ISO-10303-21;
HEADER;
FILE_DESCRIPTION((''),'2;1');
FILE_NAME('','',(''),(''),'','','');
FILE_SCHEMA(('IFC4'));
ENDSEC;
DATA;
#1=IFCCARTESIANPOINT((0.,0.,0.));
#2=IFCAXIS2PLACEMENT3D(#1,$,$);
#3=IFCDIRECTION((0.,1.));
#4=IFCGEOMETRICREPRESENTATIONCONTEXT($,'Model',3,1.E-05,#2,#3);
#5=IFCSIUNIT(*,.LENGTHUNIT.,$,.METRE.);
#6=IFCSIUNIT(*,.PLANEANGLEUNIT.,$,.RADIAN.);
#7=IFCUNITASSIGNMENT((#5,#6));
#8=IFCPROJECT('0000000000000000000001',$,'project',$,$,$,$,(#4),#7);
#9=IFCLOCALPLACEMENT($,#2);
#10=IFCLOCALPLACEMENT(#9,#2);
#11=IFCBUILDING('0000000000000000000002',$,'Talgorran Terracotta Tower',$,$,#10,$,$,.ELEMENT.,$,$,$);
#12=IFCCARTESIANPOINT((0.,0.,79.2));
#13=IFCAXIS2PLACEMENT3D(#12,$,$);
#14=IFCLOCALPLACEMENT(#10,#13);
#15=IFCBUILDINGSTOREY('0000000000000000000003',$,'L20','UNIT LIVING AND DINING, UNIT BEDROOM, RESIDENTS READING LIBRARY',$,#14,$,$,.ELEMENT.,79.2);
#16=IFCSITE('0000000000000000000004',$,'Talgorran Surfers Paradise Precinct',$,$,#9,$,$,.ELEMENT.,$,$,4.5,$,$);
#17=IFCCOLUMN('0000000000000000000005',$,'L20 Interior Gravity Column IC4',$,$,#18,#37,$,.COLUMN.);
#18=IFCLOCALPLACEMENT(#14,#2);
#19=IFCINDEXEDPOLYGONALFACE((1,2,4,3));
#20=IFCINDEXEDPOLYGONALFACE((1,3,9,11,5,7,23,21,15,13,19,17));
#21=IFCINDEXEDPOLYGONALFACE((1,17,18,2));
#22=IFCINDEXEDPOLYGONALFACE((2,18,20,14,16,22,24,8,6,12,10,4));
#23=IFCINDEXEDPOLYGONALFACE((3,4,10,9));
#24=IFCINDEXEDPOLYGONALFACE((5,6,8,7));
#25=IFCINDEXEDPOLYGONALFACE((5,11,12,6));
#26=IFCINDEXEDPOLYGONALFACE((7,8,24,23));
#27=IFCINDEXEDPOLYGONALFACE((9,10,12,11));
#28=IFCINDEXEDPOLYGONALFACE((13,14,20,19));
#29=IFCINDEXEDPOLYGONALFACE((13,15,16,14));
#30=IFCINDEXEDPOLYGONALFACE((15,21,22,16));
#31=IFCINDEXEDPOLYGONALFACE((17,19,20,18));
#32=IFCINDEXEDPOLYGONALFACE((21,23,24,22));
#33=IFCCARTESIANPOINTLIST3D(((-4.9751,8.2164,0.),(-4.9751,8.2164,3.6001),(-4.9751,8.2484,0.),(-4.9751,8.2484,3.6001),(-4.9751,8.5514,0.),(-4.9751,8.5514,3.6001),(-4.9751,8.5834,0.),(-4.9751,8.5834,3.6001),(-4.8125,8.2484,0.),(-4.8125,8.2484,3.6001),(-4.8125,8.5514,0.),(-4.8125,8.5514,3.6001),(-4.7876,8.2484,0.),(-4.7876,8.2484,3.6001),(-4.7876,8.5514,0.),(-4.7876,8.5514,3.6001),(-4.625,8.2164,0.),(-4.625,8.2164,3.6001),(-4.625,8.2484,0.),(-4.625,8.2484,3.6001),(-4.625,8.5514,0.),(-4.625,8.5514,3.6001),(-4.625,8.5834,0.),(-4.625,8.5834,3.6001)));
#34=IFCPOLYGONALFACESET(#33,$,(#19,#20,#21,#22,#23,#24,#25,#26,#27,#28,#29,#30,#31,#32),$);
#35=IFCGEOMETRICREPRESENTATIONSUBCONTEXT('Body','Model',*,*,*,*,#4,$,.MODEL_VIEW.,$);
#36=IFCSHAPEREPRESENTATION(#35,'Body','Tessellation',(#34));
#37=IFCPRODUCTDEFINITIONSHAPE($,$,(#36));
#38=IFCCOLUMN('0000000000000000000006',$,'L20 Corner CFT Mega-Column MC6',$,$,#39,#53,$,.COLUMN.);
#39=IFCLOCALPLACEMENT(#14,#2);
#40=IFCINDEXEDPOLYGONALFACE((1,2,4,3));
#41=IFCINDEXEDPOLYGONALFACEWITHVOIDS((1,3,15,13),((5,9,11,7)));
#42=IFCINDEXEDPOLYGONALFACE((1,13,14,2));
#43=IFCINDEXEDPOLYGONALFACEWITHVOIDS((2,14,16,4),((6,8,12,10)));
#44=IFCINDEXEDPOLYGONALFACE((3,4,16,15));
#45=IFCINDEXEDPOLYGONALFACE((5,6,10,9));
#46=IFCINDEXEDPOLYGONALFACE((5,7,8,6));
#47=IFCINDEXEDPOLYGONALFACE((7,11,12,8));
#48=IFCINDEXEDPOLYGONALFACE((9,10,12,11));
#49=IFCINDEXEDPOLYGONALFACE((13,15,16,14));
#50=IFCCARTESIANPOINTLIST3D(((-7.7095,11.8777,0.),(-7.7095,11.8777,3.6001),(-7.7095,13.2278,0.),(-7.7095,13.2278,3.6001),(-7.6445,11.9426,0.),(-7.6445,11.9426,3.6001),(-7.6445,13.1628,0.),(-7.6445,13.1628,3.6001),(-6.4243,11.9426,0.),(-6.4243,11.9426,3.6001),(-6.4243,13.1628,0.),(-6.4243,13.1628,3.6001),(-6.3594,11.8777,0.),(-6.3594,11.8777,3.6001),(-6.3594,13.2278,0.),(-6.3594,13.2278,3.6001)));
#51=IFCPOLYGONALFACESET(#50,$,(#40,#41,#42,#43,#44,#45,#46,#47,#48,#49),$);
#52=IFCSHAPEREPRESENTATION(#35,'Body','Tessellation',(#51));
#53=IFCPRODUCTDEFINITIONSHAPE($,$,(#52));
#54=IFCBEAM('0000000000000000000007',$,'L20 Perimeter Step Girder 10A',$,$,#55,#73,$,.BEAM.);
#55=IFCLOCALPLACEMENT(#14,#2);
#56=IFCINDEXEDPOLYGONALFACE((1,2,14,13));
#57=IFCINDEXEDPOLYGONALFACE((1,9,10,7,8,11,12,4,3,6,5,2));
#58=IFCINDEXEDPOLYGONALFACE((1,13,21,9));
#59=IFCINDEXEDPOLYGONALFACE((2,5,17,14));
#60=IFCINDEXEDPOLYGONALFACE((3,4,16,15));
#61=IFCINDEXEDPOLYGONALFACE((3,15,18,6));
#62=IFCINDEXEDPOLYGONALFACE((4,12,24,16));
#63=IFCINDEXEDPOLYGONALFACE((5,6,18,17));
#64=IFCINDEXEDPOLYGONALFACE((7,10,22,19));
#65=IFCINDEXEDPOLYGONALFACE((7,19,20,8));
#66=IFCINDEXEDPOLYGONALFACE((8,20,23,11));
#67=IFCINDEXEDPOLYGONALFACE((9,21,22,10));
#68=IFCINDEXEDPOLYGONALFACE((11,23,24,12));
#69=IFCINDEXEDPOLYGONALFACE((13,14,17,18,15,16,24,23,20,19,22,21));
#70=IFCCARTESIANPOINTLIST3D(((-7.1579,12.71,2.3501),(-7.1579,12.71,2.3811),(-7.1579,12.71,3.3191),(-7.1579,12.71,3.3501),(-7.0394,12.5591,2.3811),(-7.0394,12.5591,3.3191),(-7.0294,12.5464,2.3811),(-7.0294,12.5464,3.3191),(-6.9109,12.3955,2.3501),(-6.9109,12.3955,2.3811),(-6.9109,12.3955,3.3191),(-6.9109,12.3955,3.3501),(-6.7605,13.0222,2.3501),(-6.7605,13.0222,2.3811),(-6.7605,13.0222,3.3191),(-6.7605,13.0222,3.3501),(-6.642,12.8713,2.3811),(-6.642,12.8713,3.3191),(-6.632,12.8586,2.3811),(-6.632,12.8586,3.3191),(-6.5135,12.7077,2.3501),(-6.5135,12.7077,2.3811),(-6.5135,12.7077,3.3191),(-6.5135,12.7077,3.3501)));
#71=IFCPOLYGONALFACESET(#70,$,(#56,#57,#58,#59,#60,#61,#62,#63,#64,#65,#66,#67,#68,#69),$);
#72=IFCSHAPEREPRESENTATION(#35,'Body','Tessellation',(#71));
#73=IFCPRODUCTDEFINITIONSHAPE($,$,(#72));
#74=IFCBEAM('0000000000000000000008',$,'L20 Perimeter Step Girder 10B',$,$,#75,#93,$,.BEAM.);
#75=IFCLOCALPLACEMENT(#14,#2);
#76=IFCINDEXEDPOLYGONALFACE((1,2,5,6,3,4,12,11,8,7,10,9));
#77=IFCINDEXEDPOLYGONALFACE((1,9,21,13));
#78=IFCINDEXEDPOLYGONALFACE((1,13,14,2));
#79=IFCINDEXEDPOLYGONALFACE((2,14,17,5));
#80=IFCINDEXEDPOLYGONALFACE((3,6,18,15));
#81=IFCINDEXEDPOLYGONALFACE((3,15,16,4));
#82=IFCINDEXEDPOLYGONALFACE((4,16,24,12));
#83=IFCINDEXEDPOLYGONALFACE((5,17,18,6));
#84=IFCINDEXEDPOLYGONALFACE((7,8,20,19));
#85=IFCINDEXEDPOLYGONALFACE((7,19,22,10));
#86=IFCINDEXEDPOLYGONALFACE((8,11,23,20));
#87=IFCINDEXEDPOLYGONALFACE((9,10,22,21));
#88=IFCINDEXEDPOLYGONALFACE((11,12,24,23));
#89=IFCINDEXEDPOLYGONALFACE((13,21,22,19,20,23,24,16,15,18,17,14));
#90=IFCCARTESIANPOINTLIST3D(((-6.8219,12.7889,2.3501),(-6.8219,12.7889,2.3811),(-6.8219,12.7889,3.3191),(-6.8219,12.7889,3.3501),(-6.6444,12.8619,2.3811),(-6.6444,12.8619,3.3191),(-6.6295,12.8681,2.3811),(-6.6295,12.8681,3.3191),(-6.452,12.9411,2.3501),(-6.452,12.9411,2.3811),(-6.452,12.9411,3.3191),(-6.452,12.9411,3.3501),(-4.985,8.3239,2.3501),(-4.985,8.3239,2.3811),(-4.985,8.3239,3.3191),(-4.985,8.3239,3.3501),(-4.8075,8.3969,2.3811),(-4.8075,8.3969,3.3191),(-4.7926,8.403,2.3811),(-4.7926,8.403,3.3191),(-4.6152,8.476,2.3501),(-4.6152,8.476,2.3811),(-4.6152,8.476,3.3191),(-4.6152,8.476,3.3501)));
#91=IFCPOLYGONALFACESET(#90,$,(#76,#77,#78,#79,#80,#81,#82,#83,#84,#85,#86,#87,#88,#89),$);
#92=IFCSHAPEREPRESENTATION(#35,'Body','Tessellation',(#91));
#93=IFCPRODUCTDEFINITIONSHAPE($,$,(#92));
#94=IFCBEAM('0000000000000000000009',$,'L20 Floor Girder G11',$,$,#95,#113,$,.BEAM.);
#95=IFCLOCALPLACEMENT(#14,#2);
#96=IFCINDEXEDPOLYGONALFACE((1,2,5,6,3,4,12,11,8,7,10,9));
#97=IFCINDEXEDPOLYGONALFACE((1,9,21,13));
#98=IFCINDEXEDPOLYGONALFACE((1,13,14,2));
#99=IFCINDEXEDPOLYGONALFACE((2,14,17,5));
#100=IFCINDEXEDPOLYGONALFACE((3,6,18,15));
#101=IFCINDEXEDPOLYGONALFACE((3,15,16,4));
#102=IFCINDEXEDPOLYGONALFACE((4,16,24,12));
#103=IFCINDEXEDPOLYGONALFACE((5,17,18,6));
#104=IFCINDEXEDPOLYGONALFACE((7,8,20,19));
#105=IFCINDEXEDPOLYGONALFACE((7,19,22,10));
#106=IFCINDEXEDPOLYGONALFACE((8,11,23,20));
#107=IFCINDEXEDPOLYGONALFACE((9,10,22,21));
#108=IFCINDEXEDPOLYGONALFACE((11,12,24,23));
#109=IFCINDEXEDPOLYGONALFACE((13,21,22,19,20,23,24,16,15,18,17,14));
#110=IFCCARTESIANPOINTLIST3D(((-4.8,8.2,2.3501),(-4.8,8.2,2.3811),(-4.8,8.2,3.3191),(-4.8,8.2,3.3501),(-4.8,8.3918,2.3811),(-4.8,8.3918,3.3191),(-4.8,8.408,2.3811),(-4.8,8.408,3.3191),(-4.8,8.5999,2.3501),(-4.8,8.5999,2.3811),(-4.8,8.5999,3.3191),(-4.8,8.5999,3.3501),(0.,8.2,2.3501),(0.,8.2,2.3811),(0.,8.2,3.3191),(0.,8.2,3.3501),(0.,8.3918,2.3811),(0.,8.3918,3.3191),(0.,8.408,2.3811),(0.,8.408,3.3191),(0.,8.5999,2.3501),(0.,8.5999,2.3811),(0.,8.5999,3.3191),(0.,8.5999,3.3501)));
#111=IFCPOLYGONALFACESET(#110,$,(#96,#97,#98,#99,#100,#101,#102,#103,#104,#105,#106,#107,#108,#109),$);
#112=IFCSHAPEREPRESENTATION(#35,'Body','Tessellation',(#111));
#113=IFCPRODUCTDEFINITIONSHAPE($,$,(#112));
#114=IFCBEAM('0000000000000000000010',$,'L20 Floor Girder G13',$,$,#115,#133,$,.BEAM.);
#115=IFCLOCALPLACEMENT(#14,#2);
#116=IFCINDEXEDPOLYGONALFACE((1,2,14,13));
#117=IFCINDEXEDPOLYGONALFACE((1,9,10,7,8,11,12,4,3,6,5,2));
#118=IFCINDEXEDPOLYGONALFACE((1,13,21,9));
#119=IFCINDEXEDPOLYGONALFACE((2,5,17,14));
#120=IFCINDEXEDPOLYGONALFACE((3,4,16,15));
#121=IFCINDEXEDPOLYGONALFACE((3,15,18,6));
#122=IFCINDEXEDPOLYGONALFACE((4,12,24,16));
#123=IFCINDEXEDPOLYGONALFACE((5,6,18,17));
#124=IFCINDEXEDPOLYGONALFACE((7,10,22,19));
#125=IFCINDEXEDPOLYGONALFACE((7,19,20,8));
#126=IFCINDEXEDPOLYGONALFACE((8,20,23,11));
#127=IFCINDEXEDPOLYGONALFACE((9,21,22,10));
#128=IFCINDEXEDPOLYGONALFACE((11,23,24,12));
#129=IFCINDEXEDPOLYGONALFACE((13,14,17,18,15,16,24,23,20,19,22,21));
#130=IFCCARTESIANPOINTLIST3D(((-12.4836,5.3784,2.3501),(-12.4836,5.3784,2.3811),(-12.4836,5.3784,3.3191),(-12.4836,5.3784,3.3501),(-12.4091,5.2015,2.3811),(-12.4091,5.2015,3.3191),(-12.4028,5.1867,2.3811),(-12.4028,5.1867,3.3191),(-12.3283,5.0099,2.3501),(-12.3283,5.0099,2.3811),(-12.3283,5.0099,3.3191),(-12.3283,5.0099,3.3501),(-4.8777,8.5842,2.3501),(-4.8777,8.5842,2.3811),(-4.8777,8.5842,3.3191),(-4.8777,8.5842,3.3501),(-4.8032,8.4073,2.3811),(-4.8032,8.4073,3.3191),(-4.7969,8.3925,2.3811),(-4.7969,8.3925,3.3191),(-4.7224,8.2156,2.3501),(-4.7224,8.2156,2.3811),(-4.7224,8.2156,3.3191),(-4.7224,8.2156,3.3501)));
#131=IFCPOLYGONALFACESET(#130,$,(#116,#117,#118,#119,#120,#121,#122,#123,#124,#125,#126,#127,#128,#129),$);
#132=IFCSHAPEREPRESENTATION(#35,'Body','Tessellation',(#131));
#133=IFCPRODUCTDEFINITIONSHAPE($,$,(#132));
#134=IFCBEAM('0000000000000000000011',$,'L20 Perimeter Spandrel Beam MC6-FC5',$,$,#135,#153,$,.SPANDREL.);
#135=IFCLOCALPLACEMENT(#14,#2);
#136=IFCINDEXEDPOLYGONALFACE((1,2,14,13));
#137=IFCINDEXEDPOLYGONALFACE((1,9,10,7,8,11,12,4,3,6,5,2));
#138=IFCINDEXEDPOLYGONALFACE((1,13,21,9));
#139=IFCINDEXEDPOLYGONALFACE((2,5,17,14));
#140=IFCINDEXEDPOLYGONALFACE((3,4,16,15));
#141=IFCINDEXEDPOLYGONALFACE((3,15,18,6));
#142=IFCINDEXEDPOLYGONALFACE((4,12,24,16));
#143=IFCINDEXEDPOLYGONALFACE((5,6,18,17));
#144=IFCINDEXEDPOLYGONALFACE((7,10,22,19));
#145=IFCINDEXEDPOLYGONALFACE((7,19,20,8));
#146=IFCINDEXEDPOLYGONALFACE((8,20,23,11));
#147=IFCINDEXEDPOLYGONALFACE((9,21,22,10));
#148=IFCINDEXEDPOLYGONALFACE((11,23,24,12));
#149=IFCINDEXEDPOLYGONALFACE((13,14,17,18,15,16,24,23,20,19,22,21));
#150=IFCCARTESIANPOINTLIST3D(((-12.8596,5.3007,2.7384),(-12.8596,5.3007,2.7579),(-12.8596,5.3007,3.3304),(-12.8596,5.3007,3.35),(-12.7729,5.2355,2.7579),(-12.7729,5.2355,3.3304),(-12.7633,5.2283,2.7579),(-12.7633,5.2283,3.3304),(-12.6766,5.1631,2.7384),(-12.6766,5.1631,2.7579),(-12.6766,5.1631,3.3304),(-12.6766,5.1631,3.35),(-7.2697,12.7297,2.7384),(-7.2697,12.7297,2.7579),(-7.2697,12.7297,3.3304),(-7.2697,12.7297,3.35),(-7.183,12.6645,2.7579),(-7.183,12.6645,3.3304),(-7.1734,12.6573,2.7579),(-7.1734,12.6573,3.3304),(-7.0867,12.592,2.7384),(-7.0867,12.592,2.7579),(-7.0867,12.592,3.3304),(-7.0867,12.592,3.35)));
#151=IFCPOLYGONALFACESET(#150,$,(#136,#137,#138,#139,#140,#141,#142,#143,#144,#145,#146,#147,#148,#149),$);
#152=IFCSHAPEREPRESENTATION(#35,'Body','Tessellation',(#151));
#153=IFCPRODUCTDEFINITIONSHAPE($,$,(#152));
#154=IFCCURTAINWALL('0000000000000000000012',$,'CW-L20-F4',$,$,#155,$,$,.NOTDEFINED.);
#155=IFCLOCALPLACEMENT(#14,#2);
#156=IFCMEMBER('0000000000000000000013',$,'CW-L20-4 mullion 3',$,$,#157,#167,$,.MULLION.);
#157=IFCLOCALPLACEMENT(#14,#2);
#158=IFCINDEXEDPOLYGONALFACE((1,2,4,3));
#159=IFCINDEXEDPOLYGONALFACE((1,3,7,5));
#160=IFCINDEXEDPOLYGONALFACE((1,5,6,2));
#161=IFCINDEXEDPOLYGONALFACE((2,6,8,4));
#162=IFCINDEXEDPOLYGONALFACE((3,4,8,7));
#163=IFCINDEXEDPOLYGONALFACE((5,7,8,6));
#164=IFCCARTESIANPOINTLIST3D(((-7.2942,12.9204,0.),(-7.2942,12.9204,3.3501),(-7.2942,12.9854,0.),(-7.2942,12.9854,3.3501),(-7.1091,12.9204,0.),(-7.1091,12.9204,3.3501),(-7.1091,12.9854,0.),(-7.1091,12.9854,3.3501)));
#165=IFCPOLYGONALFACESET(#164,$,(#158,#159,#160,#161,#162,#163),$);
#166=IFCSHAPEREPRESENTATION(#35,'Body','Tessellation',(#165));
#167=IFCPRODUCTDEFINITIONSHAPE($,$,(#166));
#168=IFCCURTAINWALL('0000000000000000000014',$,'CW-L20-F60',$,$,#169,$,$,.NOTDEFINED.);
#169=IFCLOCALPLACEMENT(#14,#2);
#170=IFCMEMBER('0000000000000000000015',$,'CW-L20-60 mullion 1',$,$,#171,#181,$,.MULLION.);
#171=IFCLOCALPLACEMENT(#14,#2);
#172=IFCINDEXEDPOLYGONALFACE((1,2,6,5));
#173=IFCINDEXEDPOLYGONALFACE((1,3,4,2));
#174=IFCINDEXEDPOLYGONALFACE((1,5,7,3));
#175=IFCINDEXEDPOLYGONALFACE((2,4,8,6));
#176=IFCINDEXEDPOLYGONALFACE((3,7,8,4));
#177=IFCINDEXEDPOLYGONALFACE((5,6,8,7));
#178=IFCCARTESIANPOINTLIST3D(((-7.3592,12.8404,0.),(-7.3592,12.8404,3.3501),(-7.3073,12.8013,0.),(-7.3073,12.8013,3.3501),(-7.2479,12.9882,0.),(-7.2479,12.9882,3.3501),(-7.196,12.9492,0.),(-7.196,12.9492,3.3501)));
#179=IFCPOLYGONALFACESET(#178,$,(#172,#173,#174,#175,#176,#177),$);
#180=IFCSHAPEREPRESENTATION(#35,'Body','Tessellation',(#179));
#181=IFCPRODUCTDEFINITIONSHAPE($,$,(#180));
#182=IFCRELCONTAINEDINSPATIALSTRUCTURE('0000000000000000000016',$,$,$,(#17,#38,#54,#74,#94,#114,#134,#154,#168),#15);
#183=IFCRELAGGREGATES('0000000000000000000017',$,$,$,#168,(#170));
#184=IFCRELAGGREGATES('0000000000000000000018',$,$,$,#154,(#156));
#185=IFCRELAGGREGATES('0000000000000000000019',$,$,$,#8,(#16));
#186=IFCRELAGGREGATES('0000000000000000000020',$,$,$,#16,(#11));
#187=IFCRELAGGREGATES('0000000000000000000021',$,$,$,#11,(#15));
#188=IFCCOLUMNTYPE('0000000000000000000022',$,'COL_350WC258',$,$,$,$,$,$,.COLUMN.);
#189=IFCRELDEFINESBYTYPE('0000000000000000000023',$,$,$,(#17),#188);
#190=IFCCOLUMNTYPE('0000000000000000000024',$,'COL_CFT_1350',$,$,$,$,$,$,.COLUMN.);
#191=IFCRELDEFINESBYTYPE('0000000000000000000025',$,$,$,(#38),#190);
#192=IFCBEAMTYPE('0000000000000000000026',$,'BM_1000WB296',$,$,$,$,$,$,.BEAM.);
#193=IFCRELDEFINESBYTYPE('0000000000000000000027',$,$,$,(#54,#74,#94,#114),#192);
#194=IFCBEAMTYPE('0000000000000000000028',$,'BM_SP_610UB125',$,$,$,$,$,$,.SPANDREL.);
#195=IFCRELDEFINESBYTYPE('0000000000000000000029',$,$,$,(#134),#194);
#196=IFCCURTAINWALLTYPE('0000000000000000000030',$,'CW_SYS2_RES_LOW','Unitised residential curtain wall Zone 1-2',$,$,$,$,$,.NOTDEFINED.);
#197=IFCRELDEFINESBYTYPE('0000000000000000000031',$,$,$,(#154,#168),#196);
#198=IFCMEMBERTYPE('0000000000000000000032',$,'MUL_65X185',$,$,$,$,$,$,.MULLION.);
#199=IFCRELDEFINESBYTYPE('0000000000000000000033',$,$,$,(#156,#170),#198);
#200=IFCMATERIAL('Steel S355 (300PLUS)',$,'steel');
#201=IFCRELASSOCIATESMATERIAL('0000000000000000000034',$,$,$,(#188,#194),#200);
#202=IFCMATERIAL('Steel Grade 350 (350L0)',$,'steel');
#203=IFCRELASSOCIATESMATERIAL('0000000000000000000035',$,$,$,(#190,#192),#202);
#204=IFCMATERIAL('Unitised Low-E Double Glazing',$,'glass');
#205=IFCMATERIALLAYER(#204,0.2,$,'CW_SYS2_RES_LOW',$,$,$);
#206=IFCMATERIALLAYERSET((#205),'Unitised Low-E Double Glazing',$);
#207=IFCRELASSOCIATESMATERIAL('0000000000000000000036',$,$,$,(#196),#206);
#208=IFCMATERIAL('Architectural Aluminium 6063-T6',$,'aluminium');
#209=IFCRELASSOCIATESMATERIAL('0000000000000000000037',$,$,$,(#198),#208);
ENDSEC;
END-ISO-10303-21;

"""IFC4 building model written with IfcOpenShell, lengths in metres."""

from ifc_helpers import new_model, si_unit, direction, frame, origin, origin_2d, place, context, subcontext, project, spatial, rectangle, hollow_rectangle, i_section, extrude, material, layer, layer_set, material_profile, profile_set, type_object, element, aggregate, save


model = new_model("IFC4")

# Units and contexts
model_context = context("Model", 3, precision=1e-05, world=origin(), true_north=direction((0.0, 1.0)))
body_context = subcontext(model_context, "Body", "Model", "MODEL_VIEW")
ifc_project = project(units=[si_unit("LENGTHUNIT", "METRE"), si_unit("PLANEANGLEUNIT", "RADIAN")], contexts=[model_context])

# Site, building, storey
site_placement = place(None, origin())
site = spatial("IfcSite", under=ifc_project, at=site_placement, Name="Talgorran Surfers Paradise Precinct", CompositionType="ELEMENT", RefElevation=4.5)
building_placement = place(site_placement, origin())
building = spatial("IfcBuilding", under=site, at=building_placement, Name="Talgorran Terracotta Tower", CompositionType="ELEMENT")
storey_placement = place(building_placement, frame((0.0, 0.0, 79.2)))
storey = spatial("IfcBuildingStorey", under=building, at=storey_placement, Name="L20", Description="UNIT LIVING AND DINING, UNIT BEDROOM, RESIDENTS READING LIBRARY", CompositionType="ELEMENT", Elevation=79.2)

# Columns
ifc_material_1 = material(Name="Steel S355 (300PLUS)", Category="steel")
ifc_material_profile_1 = material_profile(ifc_material_1, i_section(OverallWidth=0.3501, OverallDepth=0.3669, WebThickness=0.0249, FlangeThickness=0.032, at=origin_2d()), Name="350WC258")
ifc_profile_set_1 = profile_set([ifc_material_profile_1], Name="Steel S355 (300PLUS)")
column_type_1 = type_object("IfcColumnType", Name="COL_350WC258", PredefinedType="COLUMN", material=ifc_profile_set_1)
column_1_placement = place(storey_placement, frame((-4.8, 8.3999, 0.0), z_axis=(0.0, 0.0, 1.0), x_axis=(1.0, 0.0, 0.0)))
element("IfcColumn", 1, at=column_1_placement, inside=storey, type_object=column_type_1, Name="L20 Interior Gravity Column IC4", PredefinedType="COLUMN", context=body_context, shape_type="SweptSolid", body=[
    extrude(i_section(OverallWidth=0.3501, OverallDepth=0.3669, WebThickness=0.0249, FlangeThickness=0.032, at=origin_2d()), origin(), (0.0, 0.0, 1.0), 3.6001),
])
ifc_material_2 = material(Name="Steel Grade 350 (350L0)", Category="steel")
ifc_material_profile_2 = material_profile(ifc_material_2, hollow_rectangle(XDim=1.3501, YDim=1.3501, WallThickness=0.0649, at=origin_2d()), Name="CFT1350X1350X65")
ifc_profile_set_2 = profile_set([ifc_material_profile_2], Name="Steel Grade 350 (350L0)")
column_type_2 = type_object("IfcColumnType", Name="COL_CFT_1350", PredefinedType="COLUMN", material=ifc_profile_set_2)
column_2_placement = place(storey_placement, frame((-7.0344, 12.5527, 0.0), z_axis=(0.0, 0.0, 1.0), x_axis=(1.0, 0.0, 0.0)))
element("IfcColumn", 2, at=column_2_placement, inside=storey, type_object=column_type_2, Name="L20 Corner CFT Mega-Column MC6", PredefinedType="COLUMN", context=body_context, shape_type="SweptSolid", body=[
    extrude(hollow_rectangle(XDim=1.3501, YDim=1.3501, WallThickness=0.0649, at=origin_2d()), origin(), (0.0, 0.0, 1.0), 3.6001),
])

# Beams
ifc_material_profile_3 = material_profile(ifc_material_2, i_section(OverallWidth=0.3999, OverallDepth=1.0, WebThickness=0.0161, FlangeThickness=0.031, at=origin_2d()), Name="1000WB296")
ifc_profile_set_3 = profile_set([ifc_material_profile_3], Name="Steel Grade 350 (350L0)")
beam_type_1 = type_object("IfcBeamType", Name="BM_1000WB296", PredefinedType="BEAM", material=ifc_profile_set_3)
beam_1_placement = place(storey_placement, frame((-7.0344, 12.5527, 2.8501), z_axis=(0.786352, 0.617779, 0.0), x_axis=(-0.617779, 0.786352, 0.0)))
element("IfcBeam", 3, at=beam_1_placement, inside=storey, type_object=beam_type_1, Name="L20 Perimeter Step Girder 10A", PredefinedType="BEAM", context=body_context, shape_type="SweptSolid", body=[
    extrude(i_section(OverallWidth=0.3999, OverallDepth=1.0, WebThickness=0.0161, FlangeThickness=0.031, at=origin_2d()), origin(), (0.0, 0.0, 1.0), 0.5054),
])
beam_2_placement = place(storey_placement, frame((-6.637, 12.865, 2.8501), z_axis=(0.380457, -0.924798, 0.0), x_axis=(0.924798, 0.380457, 0.0)))
element("IfcBeam", 4, at=beam_2_placement, inside=storey, type_object=beam_type_1, Name="L20 Perimeter Step Girder 10B", PredefinedType="BEAM", context=body_context, shape_type="SweptSolid", body=[
    extrude(i_section(OverallWidth=0.3999, OverallDepth=1.0, WebThickness=0.0161, FlangeThickness=0.031, at=origin_2d()), origin(), (0.0, 0.0, 1.0), 4.8281),
])
beam_3_placement = place(storey_placement, frame((-4.8, 8.3999, 2.8501), z_axis=(1.0, 0.0, 0.0), x_axis=(0.0, 1.0, 0.0)))
element("IfcBeam", 5, at=beam_3_placement, inside=storey, type_object=beam_type_1, Name="L20 Floor Girder G11", PredefinedType="BEAM", context=body_context, shape_type="SweptSolid", body=[
    extrude(i_section(OverallWidth=0.3999, OverallDepth=1.0, WebThickness=0.0161, FlangeThickness=0.031, at=origin_2d()), origin(), (0.0, 0.0, 1.0), 4.8),
])
beam_4_placement = place(storey_placement, frame((-4.8, 8.3999, 2.8501), z_axis=(-0.921492, -0.388397, 0.0), x_axis=(0.388397, -0.921492, 0.0)))
element("IfcBeam", 6, at=beam_4_placement, inside=storey, type_object=beam_type_1, Name="L20 Floor Girder G13", PredefinedType="BEAM", context=body_context, shape_type="SweptSolid", body=[
    extrude(i_section(OverallWidth=0.3999, OverallDepth=1.0, WebThickness=0.0161, FlangeThickness=0.031, at=origin_2d()), origin(), (0.0, 0.0, 1.0), 8.2539),
])
ifc_material_profile_4 = material_profile(ifc_material_1, i_section(OverallWidth=0.229, OverallDepth=0.6116, WebThickness=0.012, FlangeThickness=0.0195, at=origin_2d()), Name="610UB125")
ifc_profile_set_4 = profile_set([ifc_material_profile_4], Name="Steel S355 (300PLUS)")
beam_type_2 = type_object("IfcBeamType", Name="BM_SP_610UB125", PredefinedType="SPANDREL", material=ifc_profile_set_4)
beam_5_placement = place(storey_placement, frame((-7.1782, 12.6609, 3.0442), z_axis=(-0.601247, -0.799063, 0.0), x_axis=(0.799063, -0.601247, 0.0)))
element("IfcBeam", 7, at=beam_5_placement, inside=storey, type_object=beam_type_2, Name="L20 Perimeter Spandrel Beam MC6-FC5", PredefinedType="SPANDREL", context=body_context, shape_type="SweptSolid", body=[
    extrude(i_section(OverallWidth=0.229, OverallDepth=0.6116, WebThickness=0.012, FlangeThickness=0.0195, at=origin_2d()), origin(), (0.0, 0.0, 1.0), 9.2971),
])

# Curtain walls, members
ifc_material_3 = material(Name="Unitised Low-E Double Glazing", Category="glass")
ifc_layer_1 = layer(ifc_material_3, 0.2, Name="CW_SYS2_RES_LOW")
ifc_layer_set_1 = layer_set([ifc_layer_1], Name="Unitised Low-E Double Glazing")
curtain_wall_type = type_object("IfcCurtainWallType", Name="CW_SYS2_RES_LOW", Description="Unitised residential curtain wall Zone 1-2", PredefinedType="NOTDEFINED", material=ifc_layer_set_1)
curtain_wall_1_placement = place(storey_placement, origin())
curtain_wall_1 = element("IfcCurtainWall", 8, at=curtain_wall_1_placement, inside=storey, type_object=curtain_wall_type, Name="CW-L20-F4", PredefinedType="NOTDEFINED")
ifc_material_4 = material(Name="Architectural Aluminium 6063-T6", Category="aluminium")
ifc_material_profile_5 = material_profile(ifc_material_4, rectangle(XDim=0.0649, YDim=0.1851, at=origin_2d()), Name="CWM65X185")
ifc_profile_set_5 = profile_set([ifc_material_profile_5], Name="Architectural Aluminium 6063-T6")
member_type_1 = type_object("IfcMemberType", Name="MUL_65X185", PredefinedType="MULLION", material=ifc_profile_set_5)
member_1_placement = place(storey_placement, frame((-7.2017, 12.9529, 0.0), z_axis=(0.0, 0.0, 1.0), x_axis=(0.0, -1.0, 0.0)))
member_1 = element("IfcMember", 9, at=member_1_placement, type_object=member_type_1, Name="CW-L20-4 mullion 3", PredefinedType="MULLION", context=body_context, shape_type="SweptSolid", body=[
    extrude(rectangle(XDim=0.0649, YDim=0.1851, at=origin_2d()), origin(), (0.0, 0.0, 1.0), 3.3501),
])
curtain_wall_2_placement = place(storey_placement, origin())
curtain_wall_2 = element("IfcCurtainWall", 10, at=curtain_wall_2_placement, inside=storey, type_object=curtain_wall_type, Name="CW-L20-F60", PredefinedType="NOTDEFINED")
member_2_placement = place(storey_placement, frame((-7.2776, 12.8948, 0.0), z_axis=(0.0, 0.0, 1.0), x_axis=(0.799066, -0.601243, 0.0)))
member_2 = element("IfcMember", 11, at=member_2_placement, type_object=member_type_1, Name="CW-L20-60 mullion 1", PredefinedType="MULLION", context=body_context, shape_type="SweptSolid", body=[
    extrude(rectangle(XDim=0.0649, YDim=0.1851, at=origin_2d()), origin(), (0.0, 0.0, 1.0), 3.3501),
])

aggregate(curtain_wall_2, [member_2])

aggregate(curtain_wall_1, [member_1])

save(model, "model.ifc")
